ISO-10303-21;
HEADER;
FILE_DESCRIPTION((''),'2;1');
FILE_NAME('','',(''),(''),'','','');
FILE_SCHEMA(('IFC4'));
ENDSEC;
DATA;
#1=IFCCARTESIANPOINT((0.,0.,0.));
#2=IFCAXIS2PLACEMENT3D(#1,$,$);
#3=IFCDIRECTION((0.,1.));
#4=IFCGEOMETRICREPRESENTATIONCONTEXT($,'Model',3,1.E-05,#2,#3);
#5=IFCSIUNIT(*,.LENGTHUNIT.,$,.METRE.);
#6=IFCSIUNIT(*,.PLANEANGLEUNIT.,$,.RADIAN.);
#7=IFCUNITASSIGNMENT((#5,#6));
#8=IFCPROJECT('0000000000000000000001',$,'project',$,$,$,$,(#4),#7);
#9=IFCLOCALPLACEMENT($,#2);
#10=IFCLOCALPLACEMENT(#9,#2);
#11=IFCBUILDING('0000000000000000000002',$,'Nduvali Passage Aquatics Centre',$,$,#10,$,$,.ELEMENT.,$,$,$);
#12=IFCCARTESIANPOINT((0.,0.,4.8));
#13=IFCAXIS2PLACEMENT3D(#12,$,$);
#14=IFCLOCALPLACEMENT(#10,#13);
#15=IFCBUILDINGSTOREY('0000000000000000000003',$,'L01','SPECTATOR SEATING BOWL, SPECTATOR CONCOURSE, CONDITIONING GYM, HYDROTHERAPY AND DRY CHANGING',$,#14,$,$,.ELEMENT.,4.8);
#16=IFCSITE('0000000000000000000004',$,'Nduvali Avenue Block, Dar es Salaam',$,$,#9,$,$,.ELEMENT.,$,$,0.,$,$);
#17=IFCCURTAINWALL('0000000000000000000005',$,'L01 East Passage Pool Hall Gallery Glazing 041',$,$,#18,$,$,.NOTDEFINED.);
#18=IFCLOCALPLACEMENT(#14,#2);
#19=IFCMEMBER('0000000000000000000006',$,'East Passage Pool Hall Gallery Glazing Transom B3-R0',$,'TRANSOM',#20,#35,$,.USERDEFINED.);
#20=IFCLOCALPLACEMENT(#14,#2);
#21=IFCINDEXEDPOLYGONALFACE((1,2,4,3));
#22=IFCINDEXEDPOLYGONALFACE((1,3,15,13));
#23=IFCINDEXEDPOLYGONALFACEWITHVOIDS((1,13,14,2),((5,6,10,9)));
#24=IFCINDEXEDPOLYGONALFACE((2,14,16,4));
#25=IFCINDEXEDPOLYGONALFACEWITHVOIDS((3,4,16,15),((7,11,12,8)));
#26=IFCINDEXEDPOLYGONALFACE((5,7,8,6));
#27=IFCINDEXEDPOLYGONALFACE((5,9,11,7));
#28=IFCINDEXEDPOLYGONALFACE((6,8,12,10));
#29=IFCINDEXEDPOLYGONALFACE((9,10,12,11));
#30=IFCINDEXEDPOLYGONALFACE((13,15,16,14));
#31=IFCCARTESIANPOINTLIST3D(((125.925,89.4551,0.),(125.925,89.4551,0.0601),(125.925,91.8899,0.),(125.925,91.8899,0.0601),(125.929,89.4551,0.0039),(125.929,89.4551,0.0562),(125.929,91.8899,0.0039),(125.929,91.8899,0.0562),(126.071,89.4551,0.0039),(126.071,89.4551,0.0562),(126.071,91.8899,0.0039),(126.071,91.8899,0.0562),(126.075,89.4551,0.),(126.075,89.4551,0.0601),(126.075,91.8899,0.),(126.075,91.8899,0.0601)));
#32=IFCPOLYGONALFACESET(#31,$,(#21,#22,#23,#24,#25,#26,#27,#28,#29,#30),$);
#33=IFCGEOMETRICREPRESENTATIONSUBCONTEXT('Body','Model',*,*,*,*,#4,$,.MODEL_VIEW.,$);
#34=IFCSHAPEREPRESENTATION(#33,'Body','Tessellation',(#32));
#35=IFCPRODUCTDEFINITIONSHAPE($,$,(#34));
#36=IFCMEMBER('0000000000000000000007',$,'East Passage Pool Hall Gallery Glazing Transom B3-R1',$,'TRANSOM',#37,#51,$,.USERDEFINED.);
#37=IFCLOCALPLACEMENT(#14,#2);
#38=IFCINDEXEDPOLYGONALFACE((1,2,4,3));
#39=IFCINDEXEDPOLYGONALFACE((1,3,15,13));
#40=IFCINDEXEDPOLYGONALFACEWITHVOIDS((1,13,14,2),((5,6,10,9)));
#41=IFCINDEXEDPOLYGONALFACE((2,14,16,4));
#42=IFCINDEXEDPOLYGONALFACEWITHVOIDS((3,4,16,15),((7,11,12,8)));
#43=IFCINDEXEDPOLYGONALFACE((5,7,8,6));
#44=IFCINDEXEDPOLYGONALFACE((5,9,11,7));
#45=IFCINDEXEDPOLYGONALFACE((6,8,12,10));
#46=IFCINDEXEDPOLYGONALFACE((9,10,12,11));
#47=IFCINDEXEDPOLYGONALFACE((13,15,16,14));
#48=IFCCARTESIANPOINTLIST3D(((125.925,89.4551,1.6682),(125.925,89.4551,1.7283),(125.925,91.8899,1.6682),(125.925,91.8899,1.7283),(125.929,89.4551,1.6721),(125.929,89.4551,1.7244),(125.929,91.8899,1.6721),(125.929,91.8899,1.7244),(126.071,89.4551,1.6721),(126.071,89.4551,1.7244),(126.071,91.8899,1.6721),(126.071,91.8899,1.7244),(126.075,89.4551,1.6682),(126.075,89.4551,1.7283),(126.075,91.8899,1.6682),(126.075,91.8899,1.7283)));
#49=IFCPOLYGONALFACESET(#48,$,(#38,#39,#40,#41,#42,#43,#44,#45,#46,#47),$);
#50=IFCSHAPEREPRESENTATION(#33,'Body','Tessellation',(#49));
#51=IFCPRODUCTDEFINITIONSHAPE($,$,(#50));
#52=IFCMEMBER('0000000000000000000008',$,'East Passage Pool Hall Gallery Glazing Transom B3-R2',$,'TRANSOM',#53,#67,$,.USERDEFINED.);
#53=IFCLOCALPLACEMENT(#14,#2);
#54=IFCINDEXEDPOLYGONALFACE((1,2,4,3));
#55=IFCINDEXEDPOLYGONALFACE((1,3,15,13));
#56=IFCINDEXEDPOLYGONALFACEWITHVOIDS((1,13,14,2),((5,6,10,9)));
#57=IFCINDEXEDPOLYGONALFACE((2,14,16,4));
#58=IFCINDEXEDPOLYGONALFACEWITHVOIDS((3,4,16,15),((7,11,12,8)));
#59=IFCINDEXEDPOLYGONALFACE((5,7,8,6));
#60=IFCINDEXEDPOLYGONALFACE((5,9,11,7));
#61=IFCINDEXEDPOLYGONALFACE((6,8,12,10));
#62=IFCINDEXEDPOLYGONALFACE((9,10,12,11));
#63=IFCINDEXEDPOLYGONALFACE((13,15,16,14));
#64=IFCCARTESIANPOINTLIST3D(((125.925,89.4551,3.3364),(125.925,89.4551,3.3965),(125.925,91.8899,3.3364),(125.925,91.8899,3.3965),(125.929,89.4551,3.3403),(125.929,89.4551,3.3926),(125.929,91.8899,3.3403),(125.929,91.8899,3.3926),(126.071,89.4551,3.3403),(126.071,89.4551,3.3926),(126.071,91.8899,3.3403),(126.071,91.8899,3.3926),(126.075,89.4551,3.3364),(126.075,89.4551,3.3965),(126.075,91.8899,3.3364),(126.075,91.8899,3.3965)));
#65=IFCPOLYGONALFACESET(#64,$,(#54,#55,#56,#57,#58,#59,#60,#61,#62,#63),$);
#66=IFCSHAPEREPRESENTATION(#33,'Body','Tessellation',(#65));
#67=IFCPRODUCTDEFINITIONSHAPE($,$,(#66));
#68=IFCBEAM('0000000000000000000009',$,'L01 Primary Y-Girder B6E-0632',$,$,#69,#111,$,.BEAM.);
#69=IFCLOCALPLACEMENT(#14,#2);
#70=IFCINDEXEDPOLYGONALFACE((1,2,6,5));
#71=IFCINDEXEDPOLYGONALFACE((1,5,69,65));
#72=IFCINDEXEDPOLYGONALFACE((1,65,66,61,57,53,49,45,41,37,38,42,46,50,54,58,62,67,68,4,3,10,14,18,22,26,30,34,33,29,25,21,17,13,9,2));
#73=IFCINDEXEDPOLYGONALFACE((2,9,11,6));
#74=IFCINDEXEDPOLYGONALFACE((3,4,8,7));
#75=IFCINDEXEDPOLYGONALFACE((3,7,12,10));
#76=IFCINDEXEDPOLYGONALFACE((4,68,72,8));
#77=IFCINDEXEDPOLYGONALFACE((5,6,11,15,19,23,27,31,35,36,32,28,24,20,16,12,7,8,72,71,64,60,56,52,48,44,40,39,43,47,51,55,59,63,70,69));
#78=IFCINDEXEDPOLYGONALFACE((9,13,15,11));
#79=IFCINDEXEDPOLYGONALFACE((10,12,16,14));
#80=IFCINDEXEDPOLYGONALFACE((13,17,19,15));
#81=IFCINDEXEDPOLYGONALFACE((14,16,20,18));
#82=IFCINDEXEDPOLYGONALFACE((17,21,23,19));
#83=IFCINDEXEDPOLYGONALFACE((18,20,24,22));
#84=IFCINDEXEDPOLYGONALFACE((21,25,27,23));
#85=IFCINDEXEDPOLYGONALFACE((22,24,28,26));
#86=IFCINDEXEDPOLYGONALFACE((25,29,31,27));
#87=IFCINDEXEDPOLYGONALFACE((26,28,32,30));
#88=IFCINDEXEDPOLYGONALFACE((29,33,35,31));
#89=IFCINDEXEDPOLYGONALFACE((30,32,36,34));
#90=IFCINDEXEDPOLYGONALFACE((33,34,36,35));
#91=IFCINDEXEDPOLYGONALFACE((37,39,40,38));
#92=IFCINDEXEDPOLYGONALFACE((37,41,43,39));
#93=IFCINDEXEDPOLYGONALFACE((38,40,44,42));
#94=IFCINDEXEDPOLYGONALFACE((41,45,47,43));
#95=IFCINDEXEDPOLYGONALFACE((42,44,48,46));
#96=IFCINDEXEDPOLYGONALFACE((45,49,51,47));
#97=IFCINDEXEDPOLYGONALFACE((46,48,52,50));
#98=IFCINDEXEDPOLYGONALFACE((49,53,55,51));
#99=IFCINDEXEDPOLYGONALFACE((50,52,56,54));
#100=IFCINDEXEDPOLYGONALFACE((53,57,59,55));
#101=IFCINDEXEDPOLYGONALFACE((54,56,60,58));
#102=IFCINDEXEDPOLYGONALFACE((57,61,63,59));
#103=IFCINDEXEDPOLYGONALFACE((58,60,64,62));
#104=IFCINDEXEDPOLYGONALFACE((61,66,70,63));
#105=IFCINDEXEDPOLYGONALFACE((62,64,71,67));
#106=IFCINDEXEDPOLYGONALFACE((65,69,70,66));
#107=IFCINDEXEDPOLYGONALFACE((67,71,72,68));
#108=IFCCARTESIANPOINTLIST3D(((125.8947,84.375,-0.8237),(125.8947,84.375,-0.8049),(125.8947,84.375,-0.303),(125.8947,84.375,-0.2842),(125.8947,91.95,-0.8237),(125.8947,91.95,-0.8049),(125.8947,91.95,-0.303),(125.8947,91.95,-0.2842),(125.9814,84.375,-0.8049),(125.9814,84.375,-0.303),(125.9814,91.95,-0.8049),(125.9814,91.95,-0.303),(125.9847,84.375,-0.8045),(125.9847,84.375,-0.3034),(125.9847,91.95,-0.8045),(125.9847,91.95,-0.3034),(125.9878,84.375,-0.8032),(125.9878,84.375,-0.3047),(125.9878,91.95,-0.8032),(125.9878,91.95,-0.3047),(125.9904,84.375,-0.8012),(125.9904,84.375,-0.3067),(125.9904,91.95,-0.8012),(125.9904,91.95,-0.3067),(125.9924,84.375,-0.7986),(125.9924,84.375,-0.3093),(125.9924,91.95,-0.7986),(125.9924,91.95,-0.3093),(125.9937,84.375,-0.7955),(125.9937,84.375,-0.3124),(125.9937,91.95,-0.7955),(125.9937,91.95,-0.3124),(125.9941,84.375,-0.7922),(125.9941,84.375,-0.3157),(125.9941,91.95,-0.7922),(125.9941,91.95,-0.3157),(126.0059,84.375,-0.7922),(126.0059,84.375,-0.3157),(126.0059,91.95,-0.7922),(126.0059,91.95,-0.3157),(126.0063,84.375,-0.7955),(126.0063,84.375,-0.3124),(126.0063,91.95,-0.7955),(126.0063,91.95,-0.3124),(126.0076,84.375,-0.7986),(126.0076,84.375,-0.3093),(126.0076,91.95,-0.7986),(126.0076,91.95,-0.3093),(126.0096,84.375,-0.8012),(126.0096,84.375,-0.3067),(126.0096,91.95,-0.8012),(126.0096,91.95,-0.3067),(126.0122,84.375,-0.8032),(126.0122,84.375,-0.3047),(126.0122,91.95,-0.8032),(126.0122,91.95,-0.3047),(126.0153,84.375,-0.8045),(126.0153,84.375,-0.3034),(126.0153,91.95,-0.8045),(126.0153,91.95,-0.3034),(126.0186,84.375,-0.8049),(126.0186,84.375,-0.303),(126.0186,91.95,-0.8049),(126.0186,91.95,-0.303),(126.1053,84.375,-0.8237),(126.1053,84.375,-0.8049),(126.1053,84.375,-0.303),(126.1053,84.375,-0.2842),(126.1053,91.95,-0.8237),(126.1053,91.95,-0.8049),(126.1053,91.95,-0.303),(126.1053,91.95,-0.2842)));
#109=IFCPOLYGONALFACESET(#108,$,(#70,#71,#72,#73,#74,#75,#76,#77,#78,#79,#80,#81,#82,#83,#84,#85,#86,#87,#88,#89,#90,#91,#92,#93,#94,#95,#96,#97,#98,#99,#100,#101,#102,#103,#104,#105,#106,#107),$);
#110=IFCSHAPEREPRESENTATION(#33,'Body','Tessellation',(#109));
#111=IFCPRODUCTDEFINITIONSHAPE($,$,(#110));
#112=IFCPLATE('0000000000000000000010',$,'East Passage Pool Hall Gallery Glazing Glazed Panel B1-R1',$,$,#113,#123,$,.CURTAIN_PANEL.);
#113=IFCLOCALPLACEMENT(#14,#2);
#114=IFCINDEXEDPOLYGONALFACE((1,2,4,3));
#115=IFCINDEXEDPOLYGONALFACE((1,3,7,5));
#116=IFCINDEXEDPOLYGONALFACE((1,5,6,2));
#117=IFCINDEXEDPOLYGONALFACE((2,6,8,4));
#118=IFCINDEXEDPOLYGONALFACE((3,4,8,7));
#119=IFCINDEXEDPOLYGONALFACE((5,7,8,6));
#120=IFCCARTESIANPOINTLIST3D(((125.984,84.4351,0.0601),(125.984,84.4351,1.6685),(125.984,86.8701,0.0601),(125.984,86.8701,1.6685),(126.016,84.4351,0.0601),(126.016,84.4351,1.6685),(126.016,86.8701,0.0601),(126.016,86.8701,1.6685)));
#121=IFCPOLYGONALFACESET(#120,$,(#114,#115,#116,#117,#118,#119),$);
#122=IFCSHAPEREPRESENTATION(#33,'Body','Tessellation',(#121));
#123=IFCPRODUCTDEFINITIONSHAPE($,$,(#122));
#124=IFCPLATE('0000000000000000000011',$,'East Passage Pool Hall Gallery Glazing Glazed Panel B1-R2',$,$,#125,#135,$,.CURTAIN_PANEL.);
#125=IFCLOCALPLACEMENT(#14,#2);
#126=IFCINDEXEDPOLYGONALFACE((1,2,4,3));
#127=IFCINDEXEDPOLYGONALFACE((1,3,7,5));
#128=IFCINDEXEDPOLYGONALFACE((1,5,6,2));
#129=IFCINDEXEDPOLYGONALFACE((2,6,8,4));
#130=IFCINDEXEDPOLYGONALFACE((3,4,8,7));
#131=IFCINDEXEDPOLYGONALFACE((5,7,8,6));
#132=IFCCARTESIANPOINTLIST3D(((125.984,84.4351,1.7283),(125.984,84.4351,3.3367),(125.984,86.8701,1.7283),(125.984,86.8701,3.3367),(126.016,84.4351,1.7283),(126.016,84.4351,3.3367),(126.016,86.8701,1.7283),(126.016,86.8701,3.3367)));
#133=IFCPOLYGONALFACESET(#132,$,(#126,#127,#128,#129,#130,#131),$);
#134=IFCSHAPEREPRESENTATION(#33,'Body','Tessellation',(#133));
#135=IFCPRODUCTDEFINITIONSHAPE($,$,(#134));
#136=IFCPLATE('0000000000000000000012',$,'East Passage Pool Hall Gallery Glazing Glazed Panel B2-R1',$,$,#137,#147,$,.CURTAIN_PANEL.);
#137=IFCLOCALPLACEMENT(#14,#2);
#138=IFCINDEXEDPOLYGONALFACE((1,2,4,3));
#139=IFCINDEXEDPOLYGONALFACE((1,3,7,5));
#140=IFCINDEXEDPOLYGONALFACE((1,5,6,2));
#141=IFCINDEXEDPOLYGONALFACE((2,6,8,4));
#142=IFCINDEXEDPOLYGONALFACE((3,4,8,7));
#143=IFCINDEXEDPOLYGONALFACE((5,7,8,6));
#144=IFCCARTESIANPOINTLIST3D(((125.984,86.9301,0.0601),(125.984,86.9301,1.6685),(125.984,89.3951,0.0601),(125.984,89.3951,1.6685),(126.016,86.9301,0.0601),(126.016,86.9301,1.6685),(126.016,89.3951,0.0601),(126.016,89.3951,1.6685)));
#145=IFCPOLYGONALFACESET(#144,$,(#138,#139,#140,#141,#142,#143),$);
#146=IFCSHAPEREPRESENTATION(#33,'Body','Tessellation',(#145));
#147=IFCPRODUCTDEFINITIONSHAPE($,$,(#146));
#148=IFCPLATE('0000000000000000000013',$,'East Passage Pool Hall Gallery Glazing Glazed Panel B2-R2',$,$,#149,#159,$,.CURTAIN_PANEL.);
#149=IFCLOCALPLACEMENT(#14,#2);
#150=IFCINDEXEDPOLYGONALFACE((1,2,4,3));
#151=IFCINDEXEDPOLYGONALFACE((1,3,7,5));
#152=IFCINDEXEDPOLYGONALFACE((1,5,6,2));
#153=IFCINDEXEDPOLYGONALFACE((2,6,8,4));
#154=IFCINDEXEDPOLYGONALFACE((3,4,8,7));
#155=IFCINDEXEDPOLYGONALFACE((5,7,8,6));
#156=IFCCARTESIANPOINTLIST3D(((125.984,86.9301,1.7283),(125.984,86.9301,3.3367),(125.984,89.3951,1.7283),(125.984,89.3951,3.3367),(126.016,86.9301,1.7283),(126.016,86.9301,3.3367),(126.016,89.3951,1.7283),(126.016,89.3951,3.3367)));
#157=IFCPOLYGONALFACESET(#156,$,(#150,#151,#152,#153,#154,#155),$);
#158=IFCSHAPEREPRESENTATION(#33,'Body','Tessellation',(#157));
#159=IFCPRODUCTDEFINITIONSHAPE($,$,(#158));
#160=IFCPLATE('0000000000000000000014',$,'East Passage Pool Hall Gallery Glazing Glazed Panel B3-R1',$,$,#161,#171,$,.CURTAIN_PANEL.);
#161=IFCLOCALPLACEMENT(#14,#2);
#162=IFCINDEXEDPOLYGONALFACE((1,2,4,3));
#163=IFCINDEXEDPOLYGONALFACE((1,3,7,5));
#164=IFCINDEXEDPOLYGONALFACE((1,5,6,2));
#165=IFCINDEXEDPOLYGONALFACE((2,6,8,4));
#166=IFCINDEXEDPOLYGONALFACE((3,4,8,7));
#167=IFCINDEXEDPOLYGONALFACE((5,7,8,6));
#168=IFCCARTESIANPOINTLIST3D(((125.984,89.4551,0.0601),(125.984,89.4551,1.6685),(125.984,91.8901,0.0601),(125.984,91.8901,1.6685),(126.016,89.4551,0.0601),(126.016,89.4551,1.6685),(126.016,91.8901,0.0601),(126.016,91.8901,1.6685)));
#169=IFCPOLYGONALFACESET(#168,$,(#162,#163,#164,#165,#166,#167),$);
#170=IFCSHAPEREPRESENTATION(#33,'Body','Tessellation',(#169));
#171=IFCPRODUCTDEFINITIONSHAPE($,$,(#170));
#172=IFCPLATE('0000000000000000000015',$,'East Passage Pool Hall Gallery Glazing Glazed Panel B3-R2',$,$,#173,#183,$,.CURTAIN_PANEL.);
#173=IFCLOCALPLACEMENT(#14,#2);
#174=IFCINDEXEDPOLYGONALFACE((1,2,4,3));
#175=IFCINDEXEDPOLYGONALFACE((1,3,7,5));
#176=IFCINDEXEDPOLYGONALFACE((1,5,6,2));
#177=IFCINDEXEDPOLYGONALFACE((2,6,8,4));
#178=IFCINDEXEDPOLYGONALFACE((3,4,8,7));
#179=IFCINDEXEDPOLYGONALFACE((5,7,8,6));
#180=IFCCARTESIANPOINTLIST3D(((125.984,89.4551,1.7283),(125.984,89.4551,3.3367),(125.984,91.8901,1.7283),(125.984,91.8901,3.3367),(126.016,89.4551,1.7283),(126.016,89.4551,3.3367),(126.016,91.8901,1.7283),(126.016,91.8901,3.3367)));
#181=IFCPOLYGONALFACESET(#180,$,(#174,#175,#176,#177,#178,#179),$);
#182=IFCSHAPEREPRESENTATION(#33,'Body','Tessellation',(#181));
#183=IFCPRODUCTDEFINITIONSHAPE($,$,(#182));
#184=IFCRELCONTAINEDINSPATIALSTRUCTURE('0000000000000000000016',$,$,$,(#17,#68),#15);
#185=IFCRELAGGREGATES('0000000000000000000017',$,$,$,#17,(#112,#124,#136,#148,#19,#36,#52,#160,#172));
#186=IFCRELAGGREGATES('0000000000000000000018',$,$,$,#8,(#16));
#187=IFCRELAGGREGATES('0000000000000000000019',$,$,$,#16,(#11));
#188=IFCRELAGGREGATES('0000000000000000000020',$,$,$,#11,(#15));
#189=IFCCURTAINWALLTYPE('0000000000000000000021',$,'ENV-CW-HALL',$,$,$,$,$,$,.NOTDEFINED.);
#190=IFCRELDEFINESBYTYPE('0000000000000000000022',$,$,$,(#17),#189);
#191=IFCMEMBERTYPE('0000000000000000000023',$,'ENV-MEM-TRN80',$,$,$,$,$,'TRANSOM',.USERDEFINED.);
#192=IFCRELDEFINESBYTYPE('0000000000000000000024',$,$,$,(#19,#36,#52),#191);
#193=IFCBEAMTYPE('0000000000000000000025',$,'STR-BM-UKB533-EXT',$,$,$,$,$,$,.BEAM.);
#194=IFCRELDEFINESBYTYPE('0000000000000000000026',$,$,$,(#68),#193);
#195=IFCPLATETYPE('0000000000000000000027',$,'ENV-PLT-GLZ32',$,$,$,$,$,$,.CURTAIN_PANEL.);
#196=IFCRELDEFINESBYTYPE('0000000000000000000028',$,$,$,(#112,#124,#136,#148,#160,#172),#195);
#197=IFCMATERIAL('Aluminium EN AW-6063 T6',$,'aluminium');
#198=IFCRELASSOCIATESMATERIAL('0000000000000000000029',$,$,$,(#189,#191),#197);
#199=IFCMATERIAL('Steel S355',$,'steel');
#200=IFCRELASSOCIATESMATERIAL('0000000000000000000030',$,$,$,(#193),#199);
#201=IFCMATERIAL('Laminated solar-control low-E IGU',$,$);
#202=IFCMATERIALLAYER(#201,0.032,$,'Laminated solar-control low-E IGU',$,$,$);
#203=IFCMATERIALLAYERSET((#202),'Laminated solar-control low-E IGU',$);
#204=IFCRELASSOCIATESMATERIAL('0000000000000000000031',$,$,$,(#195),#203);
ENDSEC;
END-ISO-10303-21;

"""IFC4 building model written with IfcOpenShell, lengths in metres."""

from ifc_helpers import new_model, si_unit, direction, frame, origin, origin_2d, place, context, subcontext, project, spatial, rectangle, hollow_rectangle, i_section, extrude, material, layer, layer_set, material_profile, profile_set, type_object, element, aggregate, save


model = new_model("IFC4")

# Units and contexts
model_context = context("Model", 3, precision=1e-05, world=origin(), true_north=direction((0.0, 1.0)))
body_context = subcontext(model_context, "Body", "Model", "MODEL_VIEW")
ifc_project = project(units=[si_unit("LENGTHUNIT", "METRE"), si_unit("PLANEANGLEUNIT", "RADIAN")], contexts=[model_context])

# Site, building, storey
site_placement = place(None, origin())
site = spatial("IfcSite", under=ifc_project, at=site_placement, Name="Nduvali Avenue Block, Dar es Salaam", CompositionType="ELEMENT", RefElevation=0.0)
building_placement = place(site_placement, origin())
building = spatial("IfcBuilding", under=site, at=building_placement, Name="Nduvali Passage Aquatics Centre", CompositionType="ELEMENT")
storey_placement = place(building_placement, frame((0.0, 0.0, 4.8)))
storey = spatial("IfcBuildingStorey", under=building, at=storey_placement, Name="L01", Description="SPECTATOR SEATING BOWL, SPECTATOR CONCOURSE, CONDITIONING GYM, HYDROTHERAPY AND DRY CHANGING", CompositionType="ELEMENT", Elevation=4.8)

# Curtain wall, members
ifc_material_1 = material(Name="Aluminium EN AW-6063 T6", Category="aluminium")
curtain_wall_type = type_object("IfcCurtainWallType", Name="ENV-CW-HALL", PredefinedType="NOTDEFINED", material=ifc_material_1)
curtain_wall_placement = place(storey_placement, origin())
curtain_wall = element("IfcCurtainWall", 1, at=curtain_wall_placement, inside=storey, type_object=curtain_wall_type, Name="L01 East Passage Pool Hall Gallery Glazing 041", PredefinedType="NOTDEFINED")
ifc_material_profile_1 = material_profile(ifc_material_1, hollow_rectangle(XDim=0.1499, YDim=0.0601, WallThickness=0.0039, at=origin_2d()), Name="ALU TRANSOM 150x60x4")
ifc_profile_set_1 = profile_set([ifc_material_profile_1], Name="Aluminium EN AW-6063 T6")
member_type_1 = type_object("IfcMemberType", Name="ENV-MEM-TRN80", ElementType="TRANSOM", PredefinedType="USERDEFINED", material=ifc_profile_set_1)
member_1_placement = place(storey_placement, frame((126.0, 89.4551, 0.03), z_axis=(0.0, 1.0, 0.0), x_axis=(-1.0, 0.0, 0.0)))
member_1 = element("IfcMember", 2, at=member_1_placement, type_object=member_type_1, Name="East Passage Pool Hall Gallery Glazing Transom B3-R0", ObjectType="TRANSOM", PredefinedType="USERDEFINED", context=body_context, shape_type="SweptSolid", body=[
    extrude(hollow_rectangle(XDim=0.1499, YDim=0.0601, WallThickness=0.0039, at=origin_2d()), origin(), (0.0, 0.0, 1.0), 2.4348),
])
member_2_placement = place(storey_placement, frame((126.0, 89.4551, 1.6982), z_axis=(0.0, 1.0, 0.0), x_axis=(-1.0, 0.0, 0.0)))
member_2 = element("IfcMember", 3, at=member_2_placement, type_object=member_type_1, Name="East Passage Pool Hall Gallery Glazing Transom B3-R1", ObjectType="TRANSOM", PredefinedType="USERDEFINED", context=body_context, shape_type="SweptSolid", body=[
    extrude(hollow_rectangle(XDim=0.1499, YDim=0.0601, WallThickness=0.0039, at=origin_2d()), origin(), (0.0, 0.0, 1.0), 2.4348),
])
member_3_placement = place(storey_placement, frame((126.0, 89.4551, 3.3665), z_axis=(0.0, 1.0, 0.0), x_axis=(-1.0, 0.0, 0.0)))
member_3 = element("IfcMember", 4, at=member_3_placement, type_object=member_type_1, Name="East Passage Pool Hall Gallery Glazing Transom B3-R2", ObjectType="TRANSOM", PredefinedType="USERDEFINED", context=body_context, shape_type="SweptSolid", body=[
    extrude(hollow_rectangle(XDim=0.1499, YDim=0.0601, WallThickness=0.0039, at=origin_2d()), origin(), (0.0, 0.0, 1.0), 2.4348),
])

# Beam
ifc_material_2 = material(Name="Steel S355", Category="steel")
ifc_material_profile_2 = material_profile(ifc_material_2, i_section(OverallWidth=0.2107, OverallDepth=0.5396, WebThickness=0.0117, FlangeThickness=0.0188, FilletRadius=0.0127, at=origin_2d()), Name="UKB 533x210x109")
ifc_profile_set_2 = profile_set([ifc_material_profile_2], Name="Steel S355")
beam_type = type_object("IfcBeamType", Name="STR-BM-UKB533-EXT", PredefinedType="BEAM", material=ifc_profile_set_2)
beam_placement = place(storey_placement, frame((126.0, 84.375, -0.554), z_axis=(0.0, 1.0, 0.0), x_axis=(-1.0, 0.0, 0.0)))
element("IfcBeam", 5, at=beam_placement, inside=storey, type_object=beam_type, Name="L01 Primary Y-Girder B6E-0632", PredefinedType="BEAM", context=body_context, shape_type="SweptSolid", body=[
    extrude(i_section(OverallWidth=0.2107, OverallDepth=0.5396, WebThickness=0.0117, FlangeThickness=0.0188, FilletRadius=0.0127, at=origin_2d()), origin(), (0.0, 0.0, 1.0), 7.575),
])

# Plates
ifc_material_3 = material(Name="Laminated solar-control low-E IGU")
ifc_layer = layer(ifc_material_3, 0.032, Name="Laminated solar-control low-E IGU")
ifc_layer_set = layer_set([ifc_layer], Name="Laminated solar-control low-E IGU")
plate_type = type_object("IfcPlateType", Name="ENV-PLT-GLZ32", PredefinedType="CURTAIN_PANEL", material=ifc_layer_set)
plate_1_placement = place(storey_placement, frame((126.0, 85.6526, 0.0601), z_axis=(0.0, 0.0, 1.0), x_axis=(0.0, 1.0, 0.0)))
plate_1 = element("IfcPlate", 6, at=plate_1_placement, type_object=plate_type, Name="East Passage Pool Hall Gallery Glazing Glazed Panel B1-R1", PredefinedType="CURTAIN_PANEL", context=body_context, shape_type="SweptSolid", body=[
    extrude(rectangle(XDim=2.4351, YDim=0.032, at=origin_2d()), origin(), (0.0, 0.0, 1.0), 1.6084),
])
plate_2_placement = place(storey_placement, frame((126.0, 85.6526, 1.7283), z_axis=(0.0, 0.0, 1.0), x_axis=(0.0, 1.0, 0.0)))
plate_2 = element("IfcPlate", 7, at=plate_2_placement, type_object=plate_type, Name="East Passage Pool Hall Gallery Glazing Glazed Panel B1-R2", PredefinedType="CURTAIN_PANEL", context=body_context, shape_type="SweptSolid", body=[
    extrude(rectangle(XDim=2.4351, YDim=0.032, at=origin_2d()), origin(), (0.0, 0.0, 1.0), 1.6084),
])
plate_3_placement = place(storey_placement, frame((126.0, 88.1626, 0.0601), z_axis=(0.0, 0.0, 1.0), x_axis=(0.0, 1.0, 0.0)))
plate_3 = element("IfcPlate", 8, at=plate_3_placement, type_object=plate_type, Name="East Passage Pool Hall Gallery Glazing Glazed Panel B2-R1", PredefinedType="CURTAIN_PANEL", context=body_context, shape_type="SweptSolid", body=[
    extrude(rectangle(XDim=2.4651, YDim=0.032, at=origin_2d()), origin(), (0.0, 0.0, 1.0), 1.6084),
])
plate_4_placement = place(storey_placement, frame((126.0, 88.1626, 1.7283), z_axis=(0.0, 0.0, 1.0), x_axis=(0.0, 1.0, 0.0)))
plate_4 = element("IfcPlate", 9, at=plate_4_placement, type_object=plate_type, Name="East Passage Pool Hall Gallery Glazing Glazed Panel B2-R2", PredefinedType="CURTAIN_PANEL", context=body_context, shape_type="SweptSolid", body=[
    extrude(rectangle(XDim=2.4651, YDim=0.032, at=origin_2d()), origin(), (0.0, 0.0, 1.0), 1.6084),
])
plate_5_placement = place(storey_placement, frame((126.0, 90.6726, 0.0601), z_axis=(0.0, 0.0, 1.0), x_axis=(0.0, 1.0, 0.0)))
plate_5 = element("IfcPlate", 10, at=plate_5_placement, type_object=plate_type, Name="East Passage Pool Hall Gallery Glazing Glazed Panel B3-R1", PredefinedType="CURTAIN_PANEL", context=body_context, shape_type="SweptSolid", body=[
    extrude(rectangle(XDim=2.4351, YDim=0.032, at=origin_2d()), origin(), (0.0, 0.0, 1.0), 1.6084),
])
plate_6_placement = place(storey_placement, frame((126.0, 90.6726, 1.7283), z_axis=(0.0, 0.0, 1.0), x_axis=(0.0, 1.0, 0.0)))
plate_6 = element("IfcPlate", 11, at=plate_6_placement, type_object=plate_type, Name="East Passage Pool Hall Gallery Glazing Glazed Panel B3-R2", PredefinedType="CURTAIN_PANEL", context=body_context, shape_type="SweptSolid", body=[
    extrude(rectangle(XDim=2.4351, YDim=0.032, at=origin_2d()), origin(), (0.0, 0.0, 1.0), 1.6084),
])
aggregate(curtain_wall, [plate_1, plate_2, plate_3, plate_4, member_1, member_2, member_3, plate_5, plate_6])

save(model, "model.ifc")
